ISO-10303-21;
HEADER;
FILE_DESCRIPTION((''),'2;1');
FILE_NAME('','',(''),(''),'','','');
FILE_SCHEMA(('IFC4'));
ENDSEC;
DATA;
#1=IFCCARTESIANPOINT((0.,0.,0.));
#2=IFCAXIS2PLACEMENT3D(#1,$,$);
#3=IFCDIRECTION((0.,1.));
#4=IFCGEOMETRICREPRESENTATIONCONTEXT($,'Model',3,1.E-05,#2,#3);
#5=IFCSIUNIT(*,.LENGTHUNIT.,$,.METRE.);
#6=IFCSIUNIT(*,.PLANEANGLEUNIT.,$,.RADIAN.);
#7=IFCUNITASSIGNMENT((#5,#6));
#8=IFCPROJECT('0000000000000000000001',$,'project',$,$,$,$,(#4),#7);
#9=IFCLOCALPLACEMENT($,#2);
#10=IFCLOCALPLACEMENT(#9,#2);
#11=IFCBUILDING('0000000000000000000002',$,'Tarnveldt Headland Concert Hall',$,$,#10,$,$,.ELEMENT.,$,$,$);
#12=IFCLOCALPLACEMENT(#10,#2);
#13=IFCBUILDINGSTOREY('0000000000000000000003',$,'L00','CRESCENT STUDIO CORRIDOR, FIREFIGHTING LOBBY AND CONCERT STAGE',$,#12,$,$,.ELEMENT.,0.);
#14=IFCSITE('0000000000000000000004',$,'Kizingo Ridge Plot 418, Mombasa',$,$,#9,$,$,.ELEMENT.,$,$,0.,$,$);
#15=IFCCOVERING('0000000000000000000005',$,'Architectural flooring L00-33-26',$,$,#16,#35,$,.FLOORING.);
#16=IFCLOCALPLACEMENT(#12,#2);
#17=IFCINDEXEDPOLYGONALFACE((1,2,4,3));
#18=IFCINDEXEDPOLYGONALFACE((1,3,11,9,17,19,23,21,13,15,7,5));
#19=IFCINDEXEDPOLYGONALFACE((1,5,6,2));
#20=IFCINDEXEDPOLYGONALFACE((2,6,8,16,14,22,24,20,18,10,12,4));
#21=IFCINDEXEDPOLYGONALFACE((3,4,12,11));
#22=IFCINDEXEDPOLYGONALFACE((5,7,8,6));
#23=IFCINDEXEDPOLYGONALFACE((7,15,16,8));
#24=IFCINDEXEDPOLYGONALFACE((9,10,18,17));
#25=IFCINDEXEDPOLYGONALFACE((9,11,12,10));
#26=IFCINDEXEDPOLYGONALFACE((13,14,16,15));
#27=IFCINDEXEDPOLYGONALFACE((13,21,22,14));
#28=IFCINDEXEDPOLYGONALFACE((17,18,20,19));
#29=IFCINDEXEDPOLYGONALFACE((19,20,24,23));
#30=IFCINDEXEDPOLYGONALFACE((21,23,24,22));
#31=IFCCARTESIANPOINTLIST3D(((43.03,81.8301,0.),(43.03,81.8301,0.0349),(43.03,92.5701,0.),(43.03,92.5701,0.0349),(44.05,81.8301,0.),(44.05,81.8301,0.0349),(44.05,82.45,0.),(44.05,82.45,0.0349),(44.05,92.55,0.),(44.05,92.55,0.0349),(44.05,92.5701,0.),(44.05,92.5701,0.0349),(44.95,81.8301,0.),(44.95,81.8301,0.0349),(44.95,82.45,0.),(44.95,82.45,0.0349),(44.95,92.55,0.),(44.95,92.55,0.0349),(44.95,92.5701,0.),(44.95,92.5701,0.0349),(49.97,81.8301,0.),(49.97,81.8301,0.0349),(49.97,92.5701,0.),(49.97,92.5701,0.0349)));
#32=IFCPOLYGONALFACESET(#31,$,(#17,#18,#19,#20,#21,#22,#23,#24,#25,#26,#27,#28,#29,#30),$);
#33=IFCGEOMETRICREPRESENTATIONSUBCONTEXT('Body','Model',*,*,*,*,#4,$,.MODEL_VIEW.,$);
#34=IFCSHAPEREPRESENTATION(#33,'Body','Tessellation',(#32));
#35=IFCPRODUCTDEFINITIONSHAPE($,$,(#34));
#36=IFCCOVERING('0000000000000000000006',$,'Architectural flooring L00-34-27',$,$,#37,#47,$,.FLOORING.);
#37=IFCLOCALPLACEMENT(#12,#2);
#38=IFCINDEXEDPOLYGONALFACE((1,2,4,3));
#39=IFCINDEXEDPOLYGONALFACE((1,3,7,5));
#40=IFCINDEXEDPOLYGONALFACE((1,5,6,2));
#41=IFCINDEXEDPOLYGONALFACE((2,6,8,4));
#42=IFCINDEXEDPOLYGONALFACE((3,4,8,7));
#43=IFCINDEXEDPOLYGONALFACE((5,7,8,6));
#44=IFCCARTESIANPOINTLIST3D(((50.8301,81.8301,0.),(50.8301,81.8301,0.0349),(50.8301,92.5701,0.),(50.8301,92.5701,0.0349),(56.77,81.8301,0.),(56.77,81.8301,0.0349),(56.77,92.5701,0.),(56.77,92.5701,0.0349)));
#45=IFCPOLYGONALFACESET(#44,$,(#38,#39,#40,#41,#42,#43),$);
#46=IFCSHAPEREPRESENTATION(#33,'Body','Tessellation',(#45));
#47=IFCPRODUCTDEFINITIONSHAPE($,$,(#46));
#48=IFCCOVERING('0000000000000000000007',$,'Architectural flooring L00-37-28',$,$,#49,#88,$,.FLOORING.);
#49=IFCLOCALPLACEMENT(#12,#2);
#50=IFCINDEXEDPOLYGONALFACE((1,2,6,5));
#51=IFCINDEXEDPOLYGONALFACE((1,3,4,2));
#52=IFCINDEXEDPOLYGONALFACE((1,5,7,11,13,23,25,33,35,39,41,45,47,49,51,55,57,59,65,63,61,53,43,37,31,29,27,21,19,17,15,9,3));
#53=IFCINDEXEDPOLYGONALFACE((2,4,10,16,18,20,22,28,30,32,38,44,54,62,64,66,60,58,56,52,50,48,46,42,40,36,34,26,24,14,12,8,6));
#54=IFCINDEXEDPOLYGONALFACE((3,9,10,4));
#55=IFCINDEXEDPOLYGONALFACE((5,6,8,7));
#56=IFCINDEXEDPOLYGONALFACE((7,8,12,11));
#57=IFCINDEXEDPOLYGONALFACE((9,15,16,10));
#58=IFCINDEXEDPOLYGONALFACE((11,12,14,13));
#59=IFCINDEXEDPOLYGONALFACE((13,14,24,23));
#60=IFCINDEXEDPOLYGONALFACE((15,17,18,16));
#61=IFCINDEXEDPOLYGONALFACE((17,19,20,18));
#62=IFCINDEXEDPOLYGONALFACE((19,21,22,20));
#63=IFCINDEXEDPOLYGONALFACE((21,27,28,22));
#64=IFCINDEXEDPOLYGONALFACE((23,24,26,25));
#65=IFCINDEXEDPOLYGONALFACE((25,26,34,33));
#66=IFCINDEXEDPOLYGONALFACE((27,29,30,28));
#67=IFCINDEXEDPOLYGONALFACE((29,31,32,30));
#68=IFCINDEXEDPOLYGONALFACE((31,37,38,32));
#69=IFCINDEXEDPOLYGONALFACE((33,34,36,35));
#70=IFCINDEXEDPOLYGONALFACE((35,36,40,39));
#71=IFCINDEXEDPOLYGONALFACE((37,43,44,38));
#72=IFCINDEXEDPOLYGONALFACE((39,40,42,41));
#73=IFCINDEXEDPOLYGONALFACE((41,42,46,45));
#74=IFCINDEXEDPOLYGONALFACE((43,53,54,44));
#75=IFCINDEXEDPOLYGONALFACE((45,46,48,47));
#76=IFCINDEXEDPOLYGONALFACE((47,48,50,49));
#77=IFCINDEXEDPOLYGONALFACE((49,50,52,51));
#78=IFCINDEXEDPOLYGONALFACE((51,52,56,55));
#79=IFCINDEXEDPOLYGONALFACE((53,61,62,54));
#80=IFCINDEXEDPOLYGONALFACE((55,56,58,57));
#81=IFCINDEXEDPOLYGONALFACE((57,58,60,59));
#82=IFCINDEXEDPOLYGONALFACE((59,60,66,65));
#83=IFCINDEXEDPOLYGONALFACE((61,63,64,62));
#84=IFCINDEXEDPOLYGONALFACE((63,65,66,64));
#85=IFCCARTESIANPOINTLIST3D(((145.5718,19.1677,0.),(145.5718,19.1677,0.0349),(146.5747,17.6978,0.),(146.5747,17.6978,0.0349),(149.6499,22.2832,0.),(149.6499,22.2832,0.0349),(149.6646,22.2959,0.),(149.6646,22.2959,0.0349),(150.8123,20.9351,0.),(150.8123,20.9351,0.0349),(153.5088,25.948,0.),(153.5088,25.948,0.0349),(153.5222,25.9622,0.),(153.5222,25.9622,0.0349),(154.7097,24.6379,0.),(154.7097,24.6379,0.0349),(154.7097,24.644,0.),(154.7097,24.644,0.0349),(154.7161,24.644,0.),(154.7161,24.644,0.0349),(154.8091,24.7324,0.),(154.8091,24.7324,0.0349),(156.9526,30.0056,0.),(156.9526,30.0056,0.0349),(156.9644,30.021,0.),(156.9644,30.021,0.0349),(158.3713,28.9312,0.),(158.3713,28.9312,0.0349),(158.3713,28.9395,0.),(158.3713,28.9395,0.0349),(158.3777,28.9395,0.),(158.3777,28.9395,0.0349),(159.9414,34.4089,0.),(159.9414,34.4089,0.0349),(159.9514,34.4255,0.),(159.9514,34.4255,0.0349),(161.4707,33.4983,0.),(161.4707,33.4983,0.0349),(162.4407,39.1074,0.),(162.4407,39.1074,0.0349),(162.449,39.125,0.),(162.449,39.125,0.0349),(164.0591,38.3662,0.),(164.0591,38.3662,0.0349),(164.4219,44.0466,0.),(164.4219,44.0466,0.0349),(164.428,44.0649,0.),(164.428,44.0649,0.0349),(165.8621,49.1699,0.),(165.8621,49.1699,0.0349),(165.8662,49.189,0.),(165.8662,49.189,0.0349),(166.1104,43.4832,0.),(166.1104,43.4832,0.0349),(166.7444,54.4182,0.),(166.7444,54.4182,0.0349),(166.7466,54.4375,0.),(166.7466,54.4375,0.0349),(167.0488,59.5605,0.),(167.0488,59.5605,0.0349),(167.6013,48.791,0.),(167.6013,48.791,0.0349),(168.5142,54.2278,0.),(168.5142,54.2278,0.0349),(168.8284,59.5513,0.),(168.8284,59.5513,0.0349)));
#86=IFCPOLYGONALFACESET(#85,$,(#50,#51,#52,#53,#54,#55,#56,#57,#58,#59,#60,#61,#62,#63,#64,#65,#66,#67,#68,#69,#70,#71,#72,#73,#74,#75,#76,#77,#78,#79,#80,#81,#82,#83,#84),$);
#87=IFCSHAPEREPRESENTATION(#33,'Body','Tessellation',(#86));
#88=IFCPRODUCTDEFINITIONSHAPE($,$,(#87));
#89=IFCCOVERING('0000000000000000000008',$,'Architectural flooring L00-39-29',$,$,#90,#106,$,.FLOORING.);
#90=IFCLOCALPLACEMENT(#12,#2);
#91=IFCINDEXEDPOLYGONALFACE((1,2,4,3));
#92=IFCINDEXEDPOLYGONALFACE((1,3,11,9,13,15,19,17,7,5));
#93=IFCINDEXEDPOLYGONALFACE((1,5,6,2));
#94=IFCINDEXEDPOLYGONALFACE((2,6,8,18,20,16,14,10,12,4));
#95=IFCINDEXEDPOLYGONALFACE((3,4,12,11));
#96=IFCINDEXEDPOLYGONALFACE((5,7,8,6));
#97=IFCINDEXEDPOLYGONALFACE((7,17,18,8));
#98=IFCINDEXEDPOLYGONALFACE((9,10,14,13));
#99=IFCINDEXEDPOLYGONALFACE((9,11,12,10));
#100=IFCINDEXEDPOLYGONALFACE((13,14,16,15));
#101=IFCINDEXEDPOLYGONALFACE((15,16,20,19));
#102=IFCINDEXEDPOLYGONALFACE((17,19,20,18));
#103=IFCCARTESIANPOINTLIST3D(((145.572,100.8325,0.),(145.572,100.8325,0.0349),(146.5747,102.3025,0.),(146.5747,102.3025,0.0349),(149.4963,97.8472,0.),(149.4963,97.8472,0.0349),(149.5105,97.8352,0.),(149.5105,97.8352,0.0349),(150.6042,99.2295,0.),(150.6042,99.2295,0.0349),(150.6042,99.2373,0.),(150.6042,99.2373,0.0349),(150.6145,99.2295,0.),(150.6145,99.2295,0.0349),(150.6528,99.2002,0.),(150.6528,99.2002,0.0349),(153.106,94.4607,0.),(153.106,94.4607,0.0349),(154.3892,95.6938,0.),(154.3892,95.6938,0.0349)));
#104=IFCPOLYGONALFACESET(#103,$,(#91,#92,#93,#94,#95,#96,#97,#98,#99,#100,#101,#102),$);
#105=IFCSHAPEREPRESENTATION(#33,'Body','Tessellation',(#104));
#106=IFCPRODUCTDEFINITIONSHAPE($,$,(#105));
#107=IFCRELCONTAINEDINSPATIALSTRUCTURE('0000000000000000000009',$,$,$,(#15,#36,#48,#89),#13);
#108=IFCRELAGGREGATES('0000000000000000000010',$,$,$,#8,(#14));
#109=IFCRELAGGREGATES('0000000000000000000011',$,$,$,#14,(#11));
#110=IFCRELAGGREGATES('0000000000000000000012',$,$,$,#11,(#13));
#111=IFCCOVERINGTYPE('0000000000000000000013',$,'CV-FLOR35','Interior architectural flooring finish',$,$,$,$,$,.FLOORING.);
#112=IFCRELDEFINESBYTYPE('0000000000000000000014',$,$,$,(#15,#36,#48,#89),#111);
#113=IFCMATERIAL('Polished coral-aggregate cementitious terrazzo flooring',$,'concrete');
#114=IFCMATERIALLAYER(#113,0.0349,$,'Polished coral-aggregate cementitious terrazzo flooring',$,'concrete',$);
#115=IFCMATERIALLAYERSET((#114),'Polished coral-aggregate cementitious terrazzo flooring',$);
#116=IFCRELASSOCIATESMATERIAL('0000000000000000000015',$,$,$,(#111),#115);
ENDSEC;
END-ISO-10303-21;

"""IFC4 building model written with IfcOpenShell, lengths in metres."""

from ifc_helpers import new_model, si_unit, direction, origin, place, context, subcontext, project, spatial, polyline, outline, extrude, material, layer, layer_set, type_object, element, save


model = new_model("IFC4")

# Units and contexts
model_context = context("Model", 3, precision=1e-05, world=origin(), true_north=direction((0.0, 1.0)))
body_context = subcontext(model_context, "Body", "Model", "MODEL_VIEW")
ifc_project = project(units=[si_unit("LENGTHUNIT", "METRE"), si_unit("PLANEANGLEUNIT", "RADIAN")], contexts=[model_context])

# Site, building, storey
site_placement = place(None, origin())
site = spatial("IfcSite", under=ifc_project, at=site_placement, Name="Kizingo Ridge Plot 418, Mombasa", CompositionType="ELEMENT", RefElevation=0.0)
building_placement = place(site_placement, origin())
building = spatial("IfcBuilding", under=site, at=building_placement, Name="Tarnveldt Headland Concert Hall", CompositionType="ELEMENT")
storey_placement = place(building_placement, origin())
storey = spatial("IfcBuildingStorey", under=building, at=storey_placement, Name="L00", Description="CRESCENT STUDIO CORRIDOR, FIREFIGHTING LOBBY AND CONCERT STAGE", CompositionType="ELEMENT", Elevation=0.0)

# Coverings
ifc_material_1 = material(Name="Polished coral-aggregate cementitious terrazzo flooring", Category="concrete")
ifc_layer_1 = layer(ifc_material_1, 0.0349, Name="Polished coral-aggregate cementitious terrazzo flooring", Category="concrete")
ifc_layer_set_1 = layer_set([ifc_layer_1], Name="Polished coral-aggregate cementitious terrazzo flooring")
covering_type_1 = type_object("IfcCoveringType", Name="CV-FLOR35", Description="Interior architectural flooring finish", PredefinedType="FLOORING", material=ifc_layer_set_1)
covering_1_placement = place(storey_placement, origin())
element("IfcCovering", 1, at=covering_1_placement, inside=storey, type_object=covering_type_1, Name="Architectural flooring L00-33-26", PredefinedType="FLOORING", context=body_context, shape_type="SweptSolid", body=[
    extrude(outline(polyline([(44.05, 92.55), (44.95, 92.55), (44.95, 92.5701), (49.97, 92.5701), (49.97, 81.8301), (44.95, 81.8301), (44.95, 82.45), (44.05, 82.45), (44.05, 81.8301), (43.03, 81.8301), (43.03, 92.5701), (44.05, 92.5701), (44.05, 92.55)])), origin(), (0.0, 0.0, 1.0), 0.0349),
])
covering_2_placement = place(storey_placement, origin())
element("IfcCovering", 2, at=covering_2_placement, inside=storey, type_object=covering_type_1, Name="Architectural flooring L00-34-27", PredefinedType="FLOORING", context=body_context, shape_type="SweptSolid", body=[
    extrude(outline(polyline([(50.8301, 92.5701), (56.77, 92.5701), (56.77, 81.8301), (50.8301, 81.8301), (50.8301, 92.5701)])), origin(), (0.0, 0.0, 1.0), 0.0349),
])
covering_3_placement = place(storey_placement, origin())
element("IfcCovering", 3, at=covering_3_placement, inside=storey, type_object=covering_type_1, Name="Architectural flooring L00-37-28", PredefinedType="FLOORING", context=body_context, shape_type="SweptSolid", body=[
    extrude(outline(polyline([(149.6646, 22.2959), (153.5088, 25.948), (153.5222, 25.9622), (156.9526, 30.0056), (156.9644, 30.021), (159.9414, 34.4089), (159.9514, 34.4255), (162.4407, 39.1074), (162.449, 39.125), (164.4219, 44.0466), (164.428, 44.0649), (165.8621, 49.1699), (165.8662, 49.189), (166.7444, 54.4182), (166.7466, 54.4375), (167.0488, 59.5605), (168.8284, 59.5513), (168.5142, 54.2278), (167.6013, 48.791), (166.1104, 43.4832), (164.0591, 38.3662), (161.4707, 33.4983), (158.3777, 28.9395), (158.3713, 28.9395), (158.3713, 28.9312), (154.8091, 24.7324), (154.7161, 24.644), (154.7097, 24.644), (154.7097, 24.6379), (150.8123, 20.9351), (146.5747, 17.6978), (145.5718, 19.1677), (149.6499, 22.2832), (149.6646, 22.2959)])), origin(), (0.0, 0.0, 1.0), 0.0349),
])
covering_4_placement = place(storey_placement, origin())
element("IfcCovering", 4, at=covering_4_placement, inside=storey, type_object=covering_type_1, Name="Architectural flooring L00-39-29", PredefinedType="FLOORING", context=body_context, shape_type="SweptSolid", body=[
    extrude(outline(polyline([(149.5105, 97.8352), (149.4963, 97.8472), (145.572, 100.8325), (146.5747, 102.3025), (150.6042, 99.2373), (150.6042, 99.2295), (150.6145, 99.2295), (150.6528, 99.2002), (154.3892, 95.6938), (153.106, 94.4607), (149.5105, 97.8352)])), origin(), (0.0, 0.0, 1.0), 0.0349),
])

save(model, "model.ifc")
